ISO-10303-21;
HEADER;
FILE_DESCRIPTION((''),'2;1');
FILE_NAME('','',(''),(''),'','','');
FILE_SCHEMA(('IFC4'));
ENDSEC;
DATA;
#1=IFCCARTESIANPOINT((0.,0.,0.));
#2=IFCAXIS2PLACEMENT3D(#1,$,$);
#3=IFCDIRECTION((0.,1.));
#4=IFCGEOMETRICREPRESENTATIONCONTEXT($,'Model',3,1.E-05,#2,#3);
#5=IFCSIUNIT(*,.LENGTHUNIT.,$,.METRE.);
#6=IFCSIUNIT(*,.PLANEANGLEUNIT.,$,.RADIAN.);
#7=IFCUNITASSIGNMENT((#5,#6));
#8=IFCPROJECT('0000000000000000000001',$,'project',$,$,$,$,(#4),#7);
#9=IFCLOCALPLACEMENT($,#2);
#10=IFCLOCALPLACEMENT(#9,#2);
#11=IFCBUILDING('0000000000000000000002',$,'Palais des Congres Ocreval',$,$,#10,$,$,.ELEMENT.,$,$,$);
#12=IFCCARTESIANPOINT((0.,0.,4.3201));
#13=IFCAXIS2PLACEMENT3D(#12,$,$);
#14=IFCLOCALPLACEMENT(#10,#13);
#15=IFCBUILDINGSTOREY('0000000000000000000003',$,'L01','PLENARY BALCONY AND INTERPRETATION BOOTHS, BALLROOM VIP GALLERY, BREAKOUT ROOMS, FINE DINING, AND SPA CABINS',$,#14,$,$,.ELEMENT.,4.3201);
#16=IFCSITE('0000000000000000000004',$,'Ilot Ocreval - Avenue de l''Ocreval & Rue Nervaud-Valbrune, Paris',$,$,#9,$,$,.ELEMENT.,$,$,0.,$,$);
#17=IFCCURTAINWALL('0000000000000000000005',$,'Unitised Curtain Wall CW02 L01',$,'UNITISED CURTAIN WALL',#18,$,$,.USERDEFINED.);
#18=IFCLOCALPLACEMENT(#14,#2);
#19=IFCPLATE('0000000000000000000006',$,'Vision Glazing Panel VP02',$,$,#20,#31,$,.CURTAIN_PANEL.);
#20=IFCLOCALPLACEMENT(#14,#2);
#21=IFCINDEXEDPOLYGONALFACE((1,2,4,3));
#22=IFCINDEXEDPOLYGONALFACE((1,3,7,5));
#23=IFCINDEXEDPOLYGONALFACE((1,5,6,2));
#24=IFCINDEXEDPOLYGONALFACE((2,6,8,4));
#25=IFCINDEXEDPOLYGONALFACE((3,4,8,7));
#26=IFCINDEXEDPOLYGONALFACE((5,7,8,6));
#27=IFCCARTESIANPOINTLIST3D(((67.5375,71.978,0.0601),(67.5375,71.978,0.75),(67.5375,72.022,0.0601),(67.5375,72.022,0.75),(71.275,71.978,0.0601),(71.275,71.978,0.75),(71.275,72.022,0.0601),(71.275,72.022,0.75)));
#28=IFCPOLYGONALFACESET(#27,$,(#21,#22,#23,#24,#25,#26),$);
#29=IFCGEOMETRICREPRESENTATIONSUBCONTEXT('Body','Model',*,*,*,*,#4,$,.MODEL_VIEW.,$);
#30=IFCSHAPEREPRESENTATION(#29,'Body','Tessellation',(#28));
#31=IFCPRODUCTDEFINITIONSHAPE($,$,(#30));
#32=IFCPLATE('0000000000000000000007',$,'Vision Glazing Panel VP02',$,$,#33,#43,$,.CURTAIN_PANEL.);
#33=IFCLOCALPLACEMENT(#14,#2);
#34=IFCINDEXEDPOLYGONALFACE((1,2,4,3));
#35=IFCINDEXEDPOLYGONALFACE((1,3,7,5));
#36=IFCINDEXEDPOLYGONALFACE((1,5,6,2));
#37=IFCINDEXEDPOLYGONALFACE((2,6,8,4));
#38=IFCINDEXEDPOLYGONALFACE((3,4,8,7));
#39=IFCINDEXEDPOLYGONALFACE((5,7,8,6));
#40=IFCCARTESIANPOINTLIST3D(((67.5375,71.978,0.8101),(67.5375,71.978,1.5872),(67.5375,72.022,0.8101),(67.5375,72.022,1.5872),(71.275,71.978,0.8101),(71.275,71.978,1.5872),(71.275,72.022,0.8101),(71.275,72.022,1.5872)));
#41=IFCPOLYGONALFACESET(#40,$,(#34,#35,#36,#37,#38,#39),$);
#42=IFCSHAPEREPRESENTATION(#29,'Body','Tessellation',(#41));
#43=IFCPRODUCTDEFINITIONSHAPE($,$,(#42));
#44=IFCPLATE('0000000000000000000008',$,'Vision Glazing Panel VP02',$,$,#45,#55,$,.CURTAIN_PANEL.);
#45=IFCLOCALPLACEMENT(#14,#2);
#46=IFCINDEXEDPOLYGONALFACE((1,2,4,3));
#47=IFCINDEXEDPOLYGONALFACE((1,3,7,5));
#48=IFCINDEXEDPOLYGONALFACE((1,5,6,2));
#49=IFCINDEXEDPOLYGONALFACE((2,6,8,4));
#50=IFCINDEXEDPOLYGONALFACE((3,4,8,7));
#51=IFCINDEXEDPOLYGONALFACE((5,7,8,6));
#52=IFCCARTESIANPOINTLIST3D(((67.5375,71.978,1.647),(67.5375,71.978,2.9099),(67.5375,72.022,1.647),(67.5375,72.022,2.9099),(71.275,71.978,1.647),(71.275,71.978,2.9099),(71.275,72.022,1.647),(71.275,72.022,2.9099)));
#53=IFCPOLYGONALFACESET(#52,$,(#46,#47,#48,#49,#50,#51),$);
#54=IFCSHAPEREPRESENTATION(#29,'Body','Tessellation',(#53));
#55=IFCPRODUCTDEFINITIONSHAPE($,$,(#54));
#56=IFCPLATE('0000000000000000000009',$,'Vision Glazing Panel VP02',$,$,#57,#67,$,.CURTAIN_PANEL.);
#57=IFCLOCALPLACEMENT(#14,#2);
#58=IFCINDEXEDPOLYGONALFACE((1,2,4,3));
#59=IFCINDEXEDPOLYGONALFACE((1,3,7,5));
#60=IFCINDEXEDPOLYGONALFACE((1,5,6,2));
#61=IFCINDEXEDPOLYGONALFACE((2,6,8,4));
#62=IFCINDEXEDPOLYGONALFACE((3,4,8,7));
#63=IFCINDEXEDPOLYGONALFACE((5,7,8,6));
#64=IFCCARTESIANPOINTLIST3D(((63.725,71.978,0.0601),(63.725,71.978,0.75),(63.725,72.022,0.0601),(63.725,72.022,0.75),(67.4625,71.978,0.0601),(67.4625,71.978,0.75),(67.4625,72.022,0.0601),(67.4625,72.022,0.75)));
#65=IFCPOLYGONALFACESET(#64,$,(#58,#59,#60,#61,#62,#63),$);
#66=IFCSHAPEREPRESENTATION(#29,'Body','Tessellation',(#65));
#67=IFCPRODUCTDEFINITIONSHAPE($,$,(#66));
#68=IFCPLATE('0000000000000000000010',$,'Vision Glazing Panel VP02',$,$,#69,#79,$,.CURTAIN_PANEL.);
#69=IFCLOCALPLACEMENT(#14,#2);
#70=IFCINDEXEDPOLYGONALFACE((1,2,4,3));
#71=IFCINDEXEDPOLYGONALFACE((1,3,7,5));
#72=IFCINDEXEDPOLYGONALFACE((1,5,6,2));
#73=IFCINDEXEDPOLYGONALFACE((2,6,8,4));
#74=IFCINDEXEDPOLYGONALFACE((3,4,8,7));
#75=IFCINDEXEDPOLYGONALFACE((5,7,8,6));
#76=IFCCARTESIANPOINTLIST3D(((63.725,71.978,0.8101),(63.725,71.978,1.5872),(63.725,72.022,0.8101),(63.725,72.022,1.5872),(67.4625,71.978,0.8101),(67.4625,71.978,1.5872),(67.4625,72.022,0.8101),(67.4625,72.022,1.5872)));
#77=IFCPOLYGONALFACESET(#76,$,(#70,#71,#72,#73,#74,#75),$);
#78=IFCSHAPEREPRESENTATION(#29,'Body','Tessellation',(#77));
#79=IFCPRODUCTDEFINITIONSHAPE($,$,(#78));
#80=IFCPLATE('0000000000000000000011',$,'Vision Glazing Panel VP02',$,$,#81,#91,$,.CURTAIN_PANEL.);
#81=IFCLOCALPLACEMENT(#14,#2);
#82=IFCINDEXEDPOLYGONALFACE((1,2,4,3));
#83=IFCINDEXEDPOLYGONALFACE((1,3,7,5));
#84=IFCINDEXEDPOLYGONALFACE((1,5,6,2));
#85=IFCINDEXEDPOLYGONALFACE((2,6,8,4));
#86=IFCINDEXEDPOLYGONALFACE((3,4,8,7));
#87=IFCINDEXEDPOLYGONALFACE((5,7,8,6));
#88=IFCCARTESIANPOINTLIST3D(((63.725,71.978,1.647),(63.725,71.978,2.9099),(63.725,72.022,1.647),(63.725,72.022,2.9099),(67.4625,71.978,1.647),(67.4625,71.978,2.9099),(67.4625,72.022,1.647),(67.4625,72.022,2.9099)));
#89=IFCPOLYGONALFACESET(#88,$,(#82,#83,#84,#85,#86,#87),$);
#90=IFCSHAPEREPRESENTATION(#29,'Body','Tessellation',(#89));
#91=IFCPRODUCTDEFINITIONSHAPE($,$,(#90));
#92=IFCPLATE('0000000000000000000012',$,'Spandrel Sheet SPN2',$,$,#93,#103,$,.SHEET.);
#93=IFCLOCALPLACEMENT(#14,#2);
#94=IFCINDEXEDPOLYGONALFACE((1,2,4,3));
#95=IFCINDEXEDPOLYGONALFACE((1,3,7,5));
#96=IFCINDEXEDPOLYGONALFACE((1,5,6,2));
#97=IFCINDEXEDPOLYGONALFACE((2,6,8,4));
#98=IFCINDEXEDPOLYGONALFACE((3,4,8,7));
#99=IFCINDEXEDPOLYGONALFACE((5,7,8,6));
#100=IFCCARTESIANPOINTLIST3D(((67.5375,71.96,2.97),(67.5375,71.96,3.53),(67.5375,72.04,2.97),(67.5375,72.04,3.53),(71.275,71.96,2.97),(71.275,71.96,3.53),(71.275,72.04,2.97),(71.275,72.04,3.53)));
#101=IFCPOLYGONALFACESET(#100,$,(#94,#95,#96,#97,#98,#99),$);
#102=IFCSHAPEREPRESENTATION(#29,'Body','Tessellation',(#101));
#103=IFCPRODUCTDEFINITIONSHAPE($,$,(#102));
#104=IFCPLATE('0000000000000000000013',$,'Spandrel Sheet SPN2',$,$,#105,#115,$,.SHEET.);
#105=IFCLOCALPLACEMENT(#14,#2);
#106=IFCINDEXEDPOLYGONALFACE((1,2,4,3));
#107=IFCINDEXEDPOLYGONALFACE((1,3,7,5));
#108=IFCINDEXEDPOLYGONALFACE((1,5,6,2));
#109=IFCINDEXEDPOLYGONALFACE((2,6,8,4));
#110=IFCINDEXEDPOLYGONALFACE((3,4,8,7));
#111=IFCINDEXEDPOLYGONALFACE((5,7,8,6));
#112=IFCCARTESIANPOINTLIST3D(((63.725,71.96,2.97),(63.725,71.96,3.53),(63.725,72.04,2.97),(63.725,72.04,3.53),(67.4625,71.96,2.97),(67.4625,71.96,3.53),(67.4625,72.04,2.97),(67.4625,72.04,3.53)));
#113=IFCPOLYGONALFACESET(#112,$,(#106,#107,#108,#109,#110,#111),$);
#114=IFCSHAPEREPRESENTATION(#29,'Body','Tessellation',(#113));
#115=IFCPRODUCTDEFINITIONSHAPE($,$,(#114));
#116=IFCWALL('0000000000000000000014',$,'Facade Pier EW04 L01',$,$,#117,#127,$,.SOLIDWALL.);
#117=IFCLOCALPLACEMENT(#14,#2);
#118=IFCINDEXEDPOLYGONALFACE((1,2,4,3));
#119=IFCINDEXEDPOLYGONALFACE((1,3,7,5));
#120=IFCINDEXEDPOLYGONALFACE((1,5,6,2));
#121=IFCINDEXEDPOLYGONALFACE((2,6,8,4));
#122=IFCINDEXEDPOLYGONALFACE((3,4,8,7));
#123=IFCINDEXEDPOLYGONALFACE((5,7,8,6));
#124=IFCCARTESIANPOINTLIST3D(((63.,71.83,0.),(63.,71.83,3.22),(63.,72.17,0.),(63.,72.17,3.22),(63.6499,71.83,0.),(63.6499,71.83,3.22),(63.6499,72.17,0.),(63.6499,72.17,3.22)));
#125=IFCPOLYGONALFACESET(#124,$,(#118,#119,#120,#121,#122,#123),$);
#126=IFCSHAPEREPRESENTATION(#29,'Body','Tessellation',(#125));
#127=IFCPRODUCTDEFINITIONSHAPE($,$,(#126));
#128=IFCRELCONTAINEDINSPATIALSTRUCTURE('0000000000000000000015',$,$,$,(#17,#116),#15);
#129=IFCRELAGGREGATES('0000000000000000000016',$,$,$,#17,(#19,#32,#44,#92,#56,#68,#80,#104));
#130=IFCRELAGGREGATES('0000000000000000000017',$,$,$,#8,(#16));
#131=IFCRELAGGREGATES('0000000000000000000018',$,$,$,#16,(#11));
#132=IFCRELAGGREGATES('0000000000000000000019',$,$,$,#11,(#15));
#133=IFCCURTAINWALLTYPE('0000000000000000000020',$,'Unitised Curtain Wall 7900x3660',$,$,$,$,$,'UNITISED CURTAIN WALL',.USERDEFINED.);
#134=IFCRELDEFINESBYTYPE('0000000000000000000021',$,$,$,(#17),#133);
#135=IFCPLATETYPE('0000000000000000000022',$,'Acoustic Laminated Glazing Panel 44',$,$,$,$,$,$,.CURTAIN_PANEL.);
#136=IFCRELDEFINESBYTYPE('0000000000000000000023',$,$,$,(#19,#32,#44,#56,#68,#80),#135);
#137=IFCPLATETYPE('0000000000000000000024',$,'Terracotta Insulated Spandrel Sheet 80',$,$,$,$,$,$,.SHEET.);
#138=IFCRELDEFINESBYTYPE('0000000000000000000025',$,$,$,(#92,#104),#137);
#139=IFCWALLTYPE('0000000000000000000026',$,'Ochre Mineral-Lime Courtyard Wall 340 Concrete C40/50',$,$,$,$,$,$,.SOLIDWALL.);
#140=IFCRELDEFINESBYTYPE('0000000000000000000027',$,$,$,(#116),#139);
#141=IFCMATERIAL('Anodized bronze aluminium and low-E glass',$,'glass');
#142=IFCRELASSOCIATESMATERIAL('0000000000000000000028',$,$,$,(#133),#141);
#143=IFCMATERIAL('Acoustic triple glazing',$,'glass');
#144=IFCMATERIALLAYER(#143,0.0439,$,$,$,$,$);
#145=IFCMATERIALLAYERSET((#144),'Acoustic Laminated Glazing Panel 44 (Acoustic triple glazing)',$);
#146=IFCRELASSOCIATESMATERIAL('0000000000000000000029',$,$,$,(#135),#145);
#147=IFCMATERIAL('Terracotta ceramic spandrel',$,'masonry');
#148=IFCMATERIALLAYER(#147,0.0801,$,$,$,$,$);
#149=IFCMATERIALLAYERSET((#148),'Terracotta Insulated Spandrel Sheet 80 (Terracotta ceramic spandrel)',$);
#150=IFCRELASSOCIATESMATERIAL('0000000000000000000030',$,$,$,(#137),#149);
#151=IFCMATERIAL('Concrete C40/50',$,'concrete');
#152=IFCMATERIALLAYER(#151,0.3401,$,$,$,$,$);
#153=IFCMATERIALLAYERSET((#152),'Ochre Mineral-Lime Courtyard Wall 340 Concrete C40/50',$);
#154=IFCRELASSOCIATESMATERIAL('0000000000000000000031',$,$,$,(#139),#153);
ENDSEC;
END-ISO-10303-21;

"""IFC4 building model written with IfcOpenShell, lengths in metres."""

from ifc_helpers import new_model, si_unit, direction, frame, frame_2d, origin, origin_2d, place, context, subcontext, project, spatial, rectangle, extrude, material, layer, layer_set, type_object, element, aggregate, save


model = new_model("IFC4")

# Units and contexts
model_context = context("Model", 3, precision=1e-05, world=origin(), true_north=direction((0.0, 1.0)))
body_context = subcontext(model_context, "Body", "Model", "MODEL_VIEW")
ifc_project = project(units=[si_unit("LENGTHUNIT", "METRE"), si_unit("PLANEANGLEUNIT", "RADIAN")], contexts=[model_context])

# Site, building, storey
site_placement = place(None, origin())
site = spatial("IfcSite", under=ifc_project, at=site_placement, Name="Ilot Ocreval - Avenue de l'Ocreval & Rue Nervaud-Valbrune, Paris", CompositionType="ELEMENT", RefElevation=0.0)
building_placement = place(site_placement, origin())
building = spatial("IfcBuilding", under=site, at=building_placement, Name="Palais des Congres Ocreval", CompositionType="ELEMENT")
storey_placement = place(building_placement, frame((0.0, 0.0, 4.3201)))
storey = spatial("IfcBuildingStorey", under=building, at=storey_placement, Name="L01", Description="PLENARY BALCONY AND INTERPRETATION BOOTHS, BALLROOM VIP GALLERY, BREAKOUT ROOMS, FINE DINING, AND SPA CABINS", CompositionType="ELEMENT", Elevation=4.3201)

# Curtain wall
ifc_material_1 = material(Name="Anodized bronze aluminium and low-E glass", Category="glass")
curtain_wall_type = type_object("IfcCurtainWallType", Name="Unitised Curtain Wall 7900x3660", ElementType="UNITISED CURTAIN WALL", PredefinedType="USERDEFINED", material=ifc_material_1)
curtain_wall_placement = place(storey_placement, origin())
curtain_wall = element("IfcCurtainWall", 1, at=curtain_wall_placement, inside=storey, type_object=curtain_wall_type, Name="Unitised Curtain Wall CW02 L01", ObjectType="UNITISED CURTAIN WALL", PredefinedType="USERDEFINED")

# Plates
ifc_material_2 = material(Name="Acoustic triple glazing", Category="glass")
ifc_layer_1 = layer(ifc_material_2, 0.0439)
ifc_layer_set_1 = layer_set([ifc_layer_1], Name="Acoustic Laminated Glazing Panel 44 (Acoustic triple glazing)")
plate_type_1 = type_object("IfcPlateType", Name="Acoustic Laminated Glazing Panel 44", PredefinedType="CURTAIN_PANEL", material=ifc_layer_set_1)
plate_1_placement = place(storey_placement, frame((69.4062, 72.0, 0.0601), z_axis=(0.0, 0.0, 1.0), x_axis=(-1.0, 0.0, 0.0)))
plate_1 = element("IfcPlate", 2, at=plate_1_placement, type_object=plate_type_1, Name="Vision Glazing Panel VP02", PredefinedType="CURTAIN_PANEL", context=body_context, shape_type="SweptSolid", body=[
    extrude(rectangle(XDim=3.7375, YDim=0.0439, at=origin_2d()), origin(), (0.0, 0.0, 1.0), 0.6899),
])
plate_2_placement = place(storey_placement, frame((69.4062, 72.0, 0.8101), z_axis=(0.0, 0.0, 1.0), x_axis=(-1.0, 0.0, 0.0)))
plate_2 = element("IfcPlate", 3, at=plate_2_placement, type_object=plate_type_1, Name="Vision Glazing Panel VP02", PredefinedType="CURTAIN_PANEL", context=body_context, shape_type="SweptSolid", body=[
    extrude(rectangle(XDim=3.7375, YDim=0.0439, at=origin_2d()), origin(), (0.0, 0.0, 1.0), 0.7771),
])
plate_3_placement = place(storey_placement, frame((69.4062, 72.0, 1.647), z_axis=(0.0, 0.0, 1.0), x_axis=(-1.0, 0.0, 0.0)))
plate_3 = element("IfcPlate", 4, at=plate_3_placement, type_object=plate_type_1, Name="Vision Glazing Panel VP02", PredefinedType="CURTAIN_PANEL", context=body_context, shape_type="SweptSolid", body=[
    extrude(rectangle(XDim=3.7375, YDim=0.0439, at=origin_2d()), origin(), (0.0, 0.0, 1.0), 1.2629),
])
plate_4_placement = place(storey_placement, frame((65.5938, 72.0, 0.0601), z_axis=(0.0, 0.0, 1.0), x_axis=(-1.0, 0.0, 0.0)))
plate_4 = element("IfcPlate", 5, at=plate_4_placement, type_object=plate_type_1, Name="Vision Glazing Panel VP02", PredefinedType="CURTAIN_PANEL", context=body_context, shape_type="SweptSolid", body=[
    extrude(rectangle(XDim=3.7375, YDim=0.0439, at=origin_2d()), origin(), (0.0, 0.0, 1.0), 0.6899),
])
plate_5_placement = place(storey_placement, frame((65.5938, 72.0, 0.8101), z_axis=(0.0, 0.0, 1.0), x_axis=(-1.0, 0.0, 0.0)))
plate_5 = element("IfcPlate", 6, at=plate_5_placement, type_object=plate_type_1, Name="Vision Glazing Panel VP02", PredefinedType="CURTAIN_PANEL", context=body_context, shape_type="SweptSolid", body=[
    extrude(rectangle(XDim=3.7375, YDim=0.0439, at=origin_2d()), origin(), (0.0, 0.0, 1.0), 0.7771),
])
plate_6_placement = place(storey_placement, frame((65.5938, 72.0, 1.647), z_axis=(0.0, 0.0, 1.0), x_axis=(-1.0, 0.0, 0.0)))
plate_6 = element("IfcPlate", 7, at=plate_6_placement, type_object=plate_type_1, Name="Vision Glazing Panel VP02", PredefinedType="CURTAIN_PANEL", context=body_context, shape_type="SweptSolid", body=[
    extrude(rectangle(XDim=3.7375, YDim=0.0439, at=origin_2d()), origin(), (0.0, 0.0, 1.0), 1.2629),
])
ifc_material_3 = material(Name="Terracotta ceramic spandrel", Category="masonry")
ifc_layer_2 = layer(ifc_material_3, 0.0801)
ifc_layer_set_2 = layer_set([ifc_layer_2], Name="Terracotta Insulated Spandrel Sheet 80 (Terracotta ceramic spandrel)")
plate_type_2 = type_object("IfcPlateType", Name="Terracotta Insulated Spandrel Sheet 80", PredefinedType="SHEET", material=ifc_layer_set_2)
plate_7_placement = place(storey_placement, frame((69.4062, 72.0, 2.97), z_axis=(0.0, 0.0, 1.0), x_axis=(-1.0, 0.0, 0.0)))
plate_7 = element("IfcPlate", 8, at=plate_7_placement, type_object=plate_type_2, Name="Spandrel Sheet SPN2", PredefinedType="SHEET", context=body_context, shape_type="SweptSolid", body=[
    extrude(rectangle(XDim=3.7375, YDim=0.0801, at=origin_2d()), origin(), (0.0, 0.0, 1.0), 0.5601),
])
plate_8_placement = place(storey_placement, frame((65.5938, 72.0, 2.97), z_axis=(0.0, 0.0, 1.0), x_axis=(-1.0, 0.0, 0.0)))
plate_8 = element("IfcPlate", 9, at=plate_8_placement, type_object=plate_type_2, Name="Spandrel Sheet SPN2", PredefinedType="SHEET", context=body_context, shape_type="SweptSolid", body=[
    extrude(rectangle(XDim=3.7375, YDim=0.0801, at=origin_2d()), origin(), (0.0, 0.0, 1.0), 0.5601),
])
aggregate(curtain_wall, [plate_1, plate_2, plate_3, plate_7, plate_4, plate_5, plate_6, plate_8])

# Wall
ifc_material_4 = material(Name="Concrete C40/50", Category="concrete")
ifc_layer_3 = layer(ifc_material_4, 0.3401)
ifc_layer_set_3 = layer_set([ifc_layer_3], Name="Ochre Mineral-Lime Courtyard Wall 340 Concrete C40/50")
wall_type = type_object("IfcWallType", Name="Ochre Mineral-Lime Courtyard Wall 340 Concrete C40/50", PredefinedType="SOLIDWALL", material=ifc_layer_set_3)
wall_placement = place(storey_placement, frame((63.6499, 72.0, 0.0), z_axis=(0.0, 0.0, 1.0), x_axis=(-1.0, 0.0, 0.0)))
element("IfcWall", 10, at=wall_placement, inside=storey, type_object=wall_type, Name="Facade Pier EW04 L01", PredefinedType="SOLIDWALL", context=body_context, shape_type="SweptSolid", body=[
    extrude(rectangle(XDim=0.6499, YDim=0.3401, at=frame_2d((0.325, 0.0))), origin(), (0.0, 0.0, 1.0), 3.22),
])

save(model, "model.ifc")
